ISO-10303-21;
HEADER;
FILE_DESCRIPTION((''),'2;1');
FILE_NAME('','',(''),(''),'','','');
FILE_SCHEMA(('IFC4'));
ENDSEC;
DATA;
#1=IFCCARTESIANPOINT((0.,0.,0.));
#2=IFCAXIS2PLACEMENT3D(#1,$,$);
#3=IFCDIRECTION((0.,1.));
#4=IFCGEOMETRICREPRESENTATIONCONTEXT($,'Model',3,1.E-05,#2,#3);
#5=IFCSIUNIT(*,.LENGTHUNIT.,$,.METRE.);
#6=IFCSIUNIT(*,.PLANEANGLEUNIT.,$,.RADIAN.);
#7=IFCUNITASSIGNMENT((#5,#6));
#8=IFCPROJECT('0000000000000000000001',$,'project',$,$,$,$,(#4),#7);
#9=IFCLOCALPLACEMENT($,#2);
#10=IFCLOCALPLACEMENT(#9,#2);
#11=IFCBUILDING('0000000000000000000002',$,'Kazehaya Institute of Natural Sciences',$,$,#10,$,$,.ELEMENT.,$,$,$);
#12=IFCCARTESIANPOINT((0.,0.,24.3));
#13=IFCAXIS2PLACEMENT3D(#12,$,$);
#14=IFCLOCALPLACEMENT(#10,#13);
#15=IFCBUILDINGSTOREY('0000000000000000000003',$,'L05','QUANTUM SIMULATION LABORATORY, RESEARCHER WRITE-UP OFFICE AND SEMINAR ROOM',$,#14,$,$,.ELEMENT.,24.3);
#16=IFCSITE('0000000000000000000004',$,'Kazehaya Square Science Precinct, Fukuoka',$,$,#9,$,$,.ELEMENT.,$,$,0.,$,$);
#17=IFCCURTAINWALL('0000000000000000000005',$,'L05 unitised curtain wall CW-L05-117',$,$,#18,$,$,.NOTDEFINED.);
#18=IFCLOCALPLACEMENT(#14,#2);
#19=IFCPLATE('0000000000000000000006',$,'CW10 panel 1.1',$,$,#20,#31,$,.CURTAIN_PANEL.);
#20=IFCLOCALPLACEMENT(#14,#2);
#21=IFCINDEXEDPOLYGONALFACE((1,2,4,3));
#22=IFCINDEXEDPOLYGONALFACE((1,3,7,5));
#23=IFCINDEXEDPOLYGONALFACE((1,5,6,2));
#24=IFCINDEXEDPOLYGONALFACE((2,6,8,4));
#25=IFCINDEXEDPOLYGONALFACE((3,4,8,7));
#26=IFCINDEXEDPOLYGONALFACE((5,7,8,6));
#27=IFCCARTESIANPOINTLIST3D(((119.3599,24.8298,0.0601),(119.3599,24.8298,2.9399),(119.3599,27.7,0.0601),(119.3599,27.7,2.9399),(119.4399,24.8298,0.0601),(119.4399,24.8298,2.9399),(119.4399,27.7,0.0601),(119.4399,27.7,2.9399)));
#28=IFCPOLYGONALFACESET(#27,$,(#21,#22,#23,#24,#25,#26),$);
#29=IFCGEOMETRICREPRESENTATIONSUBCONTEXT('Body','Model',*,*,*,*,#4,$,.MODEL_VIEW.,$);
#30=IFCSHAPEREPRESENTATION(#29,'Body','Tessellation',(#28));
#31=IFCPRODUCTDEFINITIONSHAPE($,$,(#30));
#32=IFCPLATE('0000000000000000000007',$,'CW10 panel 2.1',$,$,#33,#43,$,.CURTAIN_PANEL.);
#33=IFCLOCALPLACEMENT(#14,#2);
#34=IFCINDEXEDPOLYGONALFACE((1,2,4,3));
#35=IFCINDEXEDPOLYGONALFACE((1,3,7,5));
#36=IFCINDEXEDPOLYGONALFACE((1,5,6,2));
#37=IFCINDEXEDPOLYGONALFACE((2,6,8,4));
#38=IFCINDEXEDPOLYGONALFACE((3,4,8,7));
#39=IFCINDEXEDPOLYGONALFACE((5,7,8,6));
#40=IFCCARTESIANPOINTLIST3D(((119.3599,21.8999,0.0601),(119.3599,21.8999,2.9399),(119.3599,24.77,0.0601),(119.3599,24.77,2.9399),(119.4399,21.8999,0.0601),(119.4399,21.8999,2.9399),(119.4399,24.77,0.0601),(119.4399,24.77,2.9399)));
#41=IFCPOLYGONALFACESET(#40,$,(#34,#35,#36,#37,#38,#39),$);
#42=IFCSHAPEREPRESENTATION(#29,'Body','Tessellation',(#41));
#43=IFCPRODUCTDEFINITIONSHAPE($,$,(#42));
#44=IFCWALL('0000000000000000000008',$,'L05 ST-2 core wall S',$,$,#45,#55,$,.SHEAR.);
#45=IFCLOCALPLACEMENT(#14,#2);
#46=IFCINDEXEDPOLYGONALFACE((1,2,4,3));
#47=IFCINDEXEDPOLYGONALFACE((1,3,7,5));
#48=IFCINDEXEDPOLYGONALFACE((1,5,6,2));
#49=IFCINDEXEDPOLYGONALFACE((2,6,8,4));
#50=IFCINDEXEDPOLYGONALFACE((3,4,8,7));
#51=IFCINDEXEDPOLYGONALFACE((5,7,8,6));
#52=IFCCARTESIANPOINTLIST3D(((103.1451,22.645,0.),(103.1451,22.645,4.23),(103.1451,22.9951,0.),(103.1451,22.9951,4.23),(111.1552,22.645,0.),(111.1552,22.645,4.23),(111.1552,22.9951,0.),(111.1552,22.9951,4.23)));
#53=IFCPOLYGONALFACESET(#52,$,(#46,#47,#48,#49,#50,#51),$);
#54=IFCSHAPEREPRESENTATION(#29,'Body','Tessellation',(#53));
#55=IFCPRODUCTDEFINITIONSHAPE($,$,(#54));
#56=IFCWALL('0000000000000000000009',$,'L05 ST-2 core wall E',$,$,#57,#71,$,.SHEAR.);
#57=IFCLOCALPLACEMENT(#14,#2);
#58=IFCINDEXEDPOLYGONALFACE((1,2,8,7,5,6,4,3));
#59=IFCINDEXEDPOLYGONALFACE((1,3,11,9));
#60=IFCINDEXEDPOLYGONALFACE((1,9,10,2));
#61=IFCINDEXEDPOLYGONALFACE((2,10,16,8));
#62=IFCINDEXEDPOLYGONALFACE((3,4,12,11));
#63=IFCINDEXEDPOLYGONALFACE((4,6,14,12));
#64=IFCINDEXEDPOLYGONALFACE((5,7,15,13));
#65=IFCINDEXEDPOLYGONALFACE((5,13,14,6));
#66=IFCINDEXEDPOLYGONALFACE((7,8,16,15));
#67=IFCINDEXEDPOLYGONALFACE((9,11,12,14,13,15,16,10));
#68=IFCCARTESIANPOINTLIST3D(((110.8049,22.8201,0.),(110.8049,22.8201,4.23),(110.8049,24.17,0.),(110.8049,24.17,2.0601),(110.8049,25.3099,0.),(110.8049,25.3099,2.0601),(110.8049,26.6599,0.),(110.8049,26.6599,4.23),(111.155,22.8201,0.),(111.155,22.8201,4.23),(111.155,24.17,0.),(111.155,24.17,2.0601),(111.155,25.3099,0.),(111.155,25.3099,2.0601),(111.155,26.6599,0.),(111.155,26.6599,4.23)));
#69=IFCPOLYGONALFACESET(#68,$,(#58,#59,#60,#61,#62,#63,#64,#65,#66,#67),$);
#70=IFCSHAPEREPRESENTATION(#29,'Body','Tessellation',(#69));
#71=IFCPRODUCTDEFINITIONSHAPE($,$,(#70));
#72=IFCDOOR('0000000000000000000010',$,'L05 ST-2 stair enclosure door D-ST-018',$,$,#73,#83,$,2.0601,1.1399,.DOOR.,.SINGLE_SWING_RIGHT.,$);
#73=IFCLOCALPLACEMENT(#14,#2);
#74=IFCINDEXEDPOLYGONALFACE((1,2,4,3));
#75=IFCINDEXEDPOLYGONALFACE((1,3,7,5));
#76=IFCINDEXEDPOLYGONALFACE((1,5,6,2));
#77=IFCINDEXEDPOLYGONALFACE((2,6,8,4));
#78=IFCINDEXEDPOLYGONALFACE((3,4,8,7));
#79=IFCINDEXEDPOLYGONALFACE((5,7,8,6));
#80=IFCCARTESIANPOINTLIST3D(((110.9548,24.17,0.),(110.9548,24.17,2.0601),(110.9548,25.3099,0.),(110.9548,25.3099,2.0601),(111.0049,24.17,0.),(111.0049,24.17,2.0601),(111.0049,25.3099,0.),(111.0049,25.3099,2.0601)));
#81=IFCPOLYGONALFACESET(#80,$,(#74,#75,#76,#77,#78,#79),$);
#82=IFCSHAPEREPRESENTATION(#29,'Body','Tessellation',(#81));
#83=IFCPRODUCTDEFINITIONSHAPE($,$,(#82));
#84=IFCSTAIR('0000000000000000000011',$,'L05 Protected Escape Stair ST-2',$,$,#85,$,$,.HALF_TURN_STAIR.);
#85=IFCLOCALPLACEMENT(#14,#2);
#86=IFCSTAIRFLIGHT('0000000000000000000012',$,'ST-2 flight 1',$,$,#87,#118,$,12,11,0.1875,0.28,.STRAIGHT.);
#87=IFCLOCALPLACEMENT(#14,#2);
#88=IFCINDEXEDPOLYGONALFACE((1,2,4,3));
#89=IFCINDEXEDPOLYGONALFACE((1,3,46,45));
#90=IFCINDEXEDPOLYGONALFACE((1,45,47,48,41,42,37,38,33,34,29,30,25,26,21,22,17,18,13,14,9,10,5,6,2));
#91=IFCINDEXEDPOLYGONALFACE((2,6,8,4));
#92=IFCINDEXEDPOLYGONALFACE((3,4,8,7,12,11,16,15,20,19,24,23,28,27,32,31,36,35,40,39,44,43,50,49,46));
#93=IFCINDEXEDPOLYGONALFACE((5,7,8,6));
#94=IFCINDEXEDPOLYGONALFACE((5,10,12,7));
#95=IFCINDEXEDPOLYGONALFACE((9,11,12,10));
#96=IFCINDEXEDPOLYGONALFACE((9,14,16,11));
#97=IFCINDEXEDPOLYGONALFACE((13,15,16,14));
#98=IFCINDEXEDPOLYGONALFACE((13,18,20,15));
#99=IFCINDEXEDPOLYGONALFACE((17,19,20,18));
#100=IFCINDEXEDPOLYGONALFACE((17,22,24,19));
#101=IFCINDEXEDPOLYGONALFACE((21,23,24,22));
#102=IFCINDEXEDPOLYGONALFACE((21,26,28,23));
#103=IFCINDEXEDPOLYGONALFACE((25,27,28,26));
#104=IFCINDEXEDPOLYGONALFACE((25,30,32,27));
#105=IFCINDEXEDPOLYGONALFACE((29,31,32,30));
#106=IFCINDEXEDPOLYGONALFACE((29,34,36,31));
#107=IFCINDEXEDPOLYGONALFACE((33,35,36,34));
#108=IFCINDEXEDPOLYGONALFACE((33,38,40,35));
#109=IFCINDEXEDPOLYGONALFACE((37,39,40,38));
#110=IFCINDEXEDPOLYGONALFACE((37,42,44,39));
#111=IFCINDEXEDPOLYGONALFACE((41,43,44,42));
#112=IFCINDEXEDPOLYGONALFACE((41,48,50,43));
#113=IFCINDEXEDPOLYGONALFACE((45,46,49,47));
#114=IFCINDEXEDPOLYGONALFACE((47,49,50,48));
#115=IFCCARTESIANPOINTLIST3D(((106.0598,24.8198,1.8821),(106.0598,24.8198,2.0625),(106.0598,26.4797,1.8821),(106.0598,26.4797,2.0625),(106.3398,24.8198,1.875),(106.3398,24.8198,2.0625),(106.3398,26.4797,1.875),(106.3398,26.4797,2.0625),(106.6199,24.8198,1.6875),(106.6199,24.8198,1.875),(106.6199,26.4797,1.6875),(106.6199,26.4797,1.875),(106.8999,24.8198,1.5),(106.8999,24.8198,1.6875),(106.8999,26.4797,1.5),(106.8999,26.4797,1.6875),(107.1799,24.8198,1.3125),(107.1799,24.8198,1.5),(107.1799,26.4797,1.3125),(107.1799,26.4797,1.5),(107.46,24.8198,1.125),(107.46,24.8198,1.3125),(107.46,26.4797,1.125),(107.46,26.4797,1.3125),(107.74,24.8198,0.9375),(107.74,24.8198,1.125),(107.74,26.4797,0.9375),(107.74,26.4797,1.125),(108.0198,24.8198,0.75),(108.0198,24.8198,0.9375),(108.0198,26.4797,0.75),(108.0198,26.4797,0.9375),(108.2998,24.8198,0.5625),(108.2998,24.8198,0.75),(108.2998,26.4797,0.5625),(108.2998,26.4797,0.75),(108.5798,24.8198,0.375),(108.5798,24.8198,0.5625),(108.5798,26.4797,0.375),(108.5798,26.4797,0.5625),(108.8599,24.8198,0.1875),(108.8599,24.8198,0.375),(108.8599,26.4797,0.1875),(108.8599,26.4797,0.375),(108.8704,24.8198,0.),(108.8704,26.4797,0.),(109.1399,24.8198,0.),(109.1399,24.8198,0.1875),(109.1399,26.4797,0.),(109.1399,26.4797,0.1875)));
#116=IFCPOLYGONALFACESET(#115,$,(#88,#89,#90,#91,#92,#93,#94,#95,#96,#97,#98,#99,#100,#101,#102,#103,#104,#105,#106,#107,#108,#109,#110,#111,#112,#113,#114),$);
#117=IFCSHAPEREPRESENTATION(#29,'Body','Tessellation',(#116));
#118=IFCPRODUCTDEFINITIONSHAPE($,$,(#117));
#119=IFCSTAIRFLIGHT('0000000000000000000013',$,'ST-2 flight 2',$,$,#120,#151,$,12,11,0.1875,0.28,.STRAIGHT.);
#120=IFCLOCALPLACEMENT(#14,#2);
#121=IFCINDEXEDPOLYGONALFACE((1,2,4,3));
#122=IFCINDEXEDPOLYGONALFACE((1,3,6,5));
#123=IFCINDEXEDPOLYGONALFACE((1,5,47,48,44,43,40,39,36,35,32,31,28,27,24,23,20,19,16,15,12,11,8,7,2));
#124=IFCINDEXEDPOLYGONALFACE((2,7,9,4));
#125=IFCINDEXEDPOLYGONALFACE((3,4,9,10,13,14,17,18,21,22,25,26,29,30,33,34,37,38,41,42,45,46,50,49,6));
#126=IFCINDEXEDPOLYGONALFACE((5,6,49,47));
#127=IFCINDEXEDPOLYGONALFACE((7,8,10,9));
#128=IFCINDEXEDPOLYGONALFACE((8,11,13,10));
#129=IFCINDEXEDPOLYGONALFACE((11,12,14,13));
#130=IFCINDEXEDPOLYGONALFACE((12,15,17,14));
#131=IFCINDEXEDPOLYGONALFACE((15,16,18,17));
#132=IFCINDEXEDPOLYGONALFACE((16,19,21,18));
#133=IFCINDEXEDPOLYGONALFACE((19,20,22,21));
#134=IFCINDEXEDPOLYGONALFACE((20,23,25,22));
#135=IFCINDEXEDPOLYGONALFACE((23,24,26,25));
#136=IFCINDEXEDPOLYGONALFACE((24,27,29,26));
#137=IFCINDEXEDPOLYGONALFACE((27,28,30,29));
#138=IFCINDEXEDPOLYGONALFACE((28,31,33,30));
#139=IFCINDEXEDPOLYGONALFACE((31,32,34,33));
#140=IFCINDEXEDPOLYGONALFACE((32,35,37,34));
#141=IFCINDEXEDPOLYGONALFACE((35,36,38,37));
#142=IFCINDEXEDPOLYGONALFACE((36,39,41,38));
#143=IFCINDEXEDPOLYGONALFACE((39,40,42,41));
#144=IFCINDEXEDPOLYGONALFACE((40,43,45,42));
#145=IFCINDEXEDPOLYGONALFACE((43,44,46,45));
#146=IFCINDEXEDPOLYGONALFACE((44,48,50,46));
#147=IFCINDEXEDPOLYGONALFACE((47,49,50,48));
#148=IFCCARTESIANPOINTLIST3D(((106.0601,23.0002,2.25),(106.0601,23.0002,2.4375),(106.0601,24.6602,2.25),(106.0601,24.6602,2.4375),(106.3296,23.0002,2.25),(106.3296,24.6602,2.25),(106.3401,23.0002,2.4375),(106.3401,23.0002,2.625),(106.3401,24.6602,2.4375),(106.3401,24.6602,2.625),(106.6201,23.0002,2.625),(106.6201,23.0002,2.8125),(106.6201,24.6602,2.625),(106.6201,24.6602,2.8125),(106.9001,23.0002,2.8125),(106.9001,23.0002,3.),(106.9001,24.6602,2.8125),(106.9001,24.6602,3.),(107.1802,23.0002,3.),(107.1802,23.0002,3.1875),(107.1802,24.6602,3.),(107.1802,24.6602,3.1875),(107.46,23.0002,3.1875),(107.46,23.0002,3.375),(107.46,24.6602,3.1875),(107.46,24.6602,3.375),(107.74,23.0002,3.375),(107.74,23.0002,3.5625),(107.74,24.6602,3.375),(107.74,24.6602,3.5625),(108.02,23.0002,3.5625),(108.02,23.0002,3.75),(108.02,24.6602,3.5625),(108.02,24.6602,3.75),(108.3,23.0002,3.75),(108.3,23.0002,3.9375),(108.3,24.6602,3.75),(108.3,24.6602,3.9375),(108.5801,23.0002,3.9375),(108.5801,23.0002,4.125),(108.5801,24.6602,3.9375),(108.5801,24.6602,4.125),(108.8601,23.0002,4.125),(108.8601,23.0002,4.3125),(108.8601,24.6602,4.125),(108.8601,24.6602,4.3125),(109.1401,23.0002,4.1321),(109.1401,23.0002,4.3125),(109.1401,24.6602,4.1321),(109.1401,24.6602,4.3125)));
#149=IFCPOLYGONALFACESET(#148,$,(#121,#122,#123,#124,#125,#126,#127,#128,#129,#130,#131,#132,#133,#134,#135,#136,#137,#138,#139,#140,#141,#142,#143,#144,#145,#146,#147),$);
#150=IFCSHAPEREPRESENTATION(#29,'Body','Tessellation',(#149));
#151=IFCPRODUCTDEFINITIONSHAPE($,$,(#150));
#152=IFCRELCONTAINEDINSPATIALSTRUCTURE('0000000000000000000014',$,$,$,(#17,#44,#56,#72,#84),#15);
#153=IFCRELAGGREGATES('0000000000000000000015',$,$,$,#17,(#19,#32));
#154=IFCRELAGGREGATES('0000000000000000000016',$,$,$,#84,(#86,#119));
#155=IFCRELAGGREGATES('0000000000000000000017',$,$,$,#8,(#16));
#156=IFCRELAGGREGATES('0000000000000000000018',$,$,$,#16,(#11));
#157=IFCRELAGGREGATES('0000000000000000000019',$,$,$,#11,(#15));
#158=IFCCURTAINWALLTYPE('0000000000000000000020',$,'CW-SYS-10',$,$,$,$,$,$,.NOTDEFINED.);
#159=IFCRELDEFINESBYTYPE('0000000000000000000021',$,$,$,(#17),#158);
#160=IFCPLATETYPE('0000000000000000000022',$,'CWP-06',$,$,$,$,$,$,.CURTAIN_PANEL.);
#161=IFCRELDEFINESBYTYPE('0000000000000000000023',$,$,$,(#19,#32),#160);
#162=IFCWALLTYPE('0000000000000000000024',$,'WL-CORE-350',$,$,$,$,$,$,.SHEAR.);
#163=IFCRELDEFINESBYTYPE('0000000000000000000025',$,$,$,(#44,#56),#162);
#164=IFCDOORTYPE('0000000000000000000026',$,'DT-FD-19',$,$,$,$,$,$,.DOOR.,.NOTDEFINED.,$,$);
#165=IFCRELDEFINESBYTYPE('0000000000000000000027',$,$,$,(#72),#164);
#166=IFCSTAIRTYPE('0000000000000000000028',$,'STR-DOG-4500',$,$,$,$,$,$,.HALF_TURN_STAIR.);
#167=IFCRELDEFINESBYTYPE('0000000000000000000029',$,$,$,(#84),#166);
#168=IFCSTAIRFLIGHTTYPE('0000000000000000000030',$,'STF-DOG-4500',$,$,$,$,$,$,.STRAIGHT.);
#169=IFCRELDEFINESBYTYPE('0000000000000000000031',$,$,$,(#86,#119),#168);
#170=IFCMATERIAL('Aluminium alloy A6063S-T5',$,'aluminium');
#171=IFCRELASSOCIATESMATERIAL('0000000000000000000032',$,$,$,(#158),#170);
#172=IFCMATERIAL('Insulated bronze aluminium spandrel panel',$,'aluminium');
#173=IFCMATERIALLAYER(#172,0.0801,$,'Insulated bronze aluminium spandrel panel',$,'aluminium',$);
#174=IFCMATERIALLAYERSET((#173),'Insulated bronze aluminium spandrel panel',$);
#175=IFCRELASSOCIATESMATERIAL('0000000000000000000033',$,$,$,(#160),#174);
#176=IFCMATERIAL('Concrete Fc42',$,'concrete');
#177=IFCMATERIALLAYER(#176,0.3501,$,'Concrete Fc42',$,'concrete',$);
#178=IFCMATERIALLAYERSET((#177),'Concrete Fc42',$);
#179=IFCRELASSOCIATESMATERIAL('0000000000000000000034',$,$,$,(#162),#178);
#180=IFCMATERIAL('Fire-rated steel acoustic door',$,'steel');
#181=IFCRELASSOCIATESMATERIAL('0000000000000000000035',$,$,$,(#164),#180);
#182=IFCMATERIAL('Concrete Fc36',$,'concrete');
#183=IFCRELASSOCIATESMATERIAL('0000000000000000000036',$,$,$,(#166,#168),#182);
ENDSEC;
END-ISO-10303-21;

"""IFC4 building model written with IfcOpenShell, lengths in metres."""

from ifc_helpers import new_model, si_unit, direction, frame, frame_2d, origin, origin_2d, place, context, subcontext, project, spatial, polyline, rectangle, outline, extrude, material, layer, layer_set, type_object, element, fill, aggregate, save


model = new_model("IFC4")

# Units and contexts
model_context = context("Model", 3, precision=1e-05, world=origin(), true_north=direction((0.0, 1.0)))
body_context = subcontext(model_context, "Body", "Model", "MODEL_VIEW")
ifc_project = project(units=[si_unit("LENGTHUNIT", "METRE"), si_unit("PLANEANGLEUNIT", "RADIAN")], contexts=[model_context])

# Site, building, storey
site_placement = place(None, origin())
site = spatial("IfcSite", under=ifc_project, at=site_placement, Name="Kazehaya Square Science Precinct, Fukuoka", CompositionType="ELEMENT", RefElevation=0.0)
building_placement = place(site_placement, origin())
building = spatial("IfcBuilding", under=site, at=building_placement, Name="Kazehaya Institute of Natural Sciences", CompositionType="ELEMENT")
storey_placement = place(building_placement, frame((0.0, 0.0, 24.3)))
storey = spatial("IfcBuildingStorey", under=building, at=storey_placement, Name="L05", Description="QUANTUM SIMULATION LABORATORY, RESEARCHER WRITE-UP OFFICE AND SEMINAR ROOM", CompositionType="ELEMENT", Elevation=24.3)

# Shared definitions
ifc_material_1 = material(Name="Concrete Fc42", Category="concrete")

# Shared definitions
ifc_material_2 = material(Name="Concrete Fc36", Category="concrete")

# Curtain wall, plates
ifc_material_3 = material(Name="Aluminium alloy A6063S-T5", Category="aluminium")
curtain_wall_type = type_object("IfcCurtainWallType", Name="CW-SYS-10", PredefinedType="NOTDEFINED", material=ifc_material_3)
curtain_wall_placement = place(storey_placement, origin())
curtain_wall = element("IfcCurtainWall", 1, at=curtain_wall_placement, inside=storey, type_object=curtain_wall_type, Name="L05 unitised curtain wall CW-L05-117", PredefinedType="NOTDEFINED")
ifc_material_4 = material(Name="Insulated bronze aluminium spandrel panel", Category="aluminium")
ifc_layer_1 = layer(ifc_material_4, 0.0801, Name="Insulated bronze aluminium spandrel panel", Category="aluminium")
ifc_layer_set_1 = layer_set([ifc_layer_1], Name="Insulated bronze aluminium spandrel panel")
plate_type = type_object("IfcPlateType", Name="CWP-06", PredefinedType="CURTAIN_PANEL", material=ifc_layer_set_1)
plate_1_placement = place(storey_placement, frame((119.3999, 26.2649, 0.0601), z_axis=(0.0, 0.0, 1.0), x_axis=(0.0, -1.0, 0.0)))
plate_1 = element("IfcPlate", 2, at=plate_1_placement, type_object=plate_type, Name="CW10 panel 1.1", PredefinedType="CURTAIN_PANEL", context=body_context, shape_type="SweptSolid", body=[
    extrude(rectangle(XDim=2.8701, YDim=0.0801, at=origin_2d()), origin(), (0.0, 0.0, 1.0), 2.8799),
])
plate_2_placement = place(storey_placement, frame((119.3999, 23.335, 0.0601), z_axis=(0.0, 0.0, 1.0), x_axis=(0.0, -1.0, 0.0)))
plate_2 = element("IfcPlate", 3, at=plate_2_placement, type_object=plate_type, Name="CW10 panel 2.1", PredefinedType="CURTAIN_PANEL", context=body_context, shape_type="SweptSolid", body=[
    extrude(rectangle(XDim=2.8701, YDim=0.0801, at=origin_2d()), origin(), (0.0, 0.0, 1.0), 2.8799),
])
aggregate(curtain_wall, [plate_1, plate_2])

# Wall
ifc_layer_2 = layer(ifc_material_1, 0.3501, Name="Concrete Fc42", Category="concrete")
ifc_layer_set_2 = layer_set([ifc_layer_2], Name="Concrete Fc42")
wall_type = type_object("IfcWallType", Name="WL-CORE-350", PredefinedType="SHEAR", material=ifc_layer_set_2)
wall_1_placement = place(storey_placement, frame((111.155, 22.8201, 0.0), z_axis=(0.0, 0.0, 1.0), x_axis=(-1.0, 0.0, 0.0)))
element("IfcWall", 4, at=wall_1_placement, inside=storey, type_object=wall_type, Name="L05 ST-2 core wall S", PredefinedType="SHEAR", context=body_context, shape_type="SweptSolid", body=[
    extrude(rectangle(XDim=8.01, YDim=0.3501, at=frame_2d((4.0049, 0.0))), origin(), (0.0, 0.0, 1.0), 4.23),
])

# Wall, opening, door
wall_2_placement = place(storey_placement, frame((110.98, 26.6599, 0.0), z_axis=(0.0, 0.0, 1.0), x_axis=(0.0, -1.0, 0.0)))
wall_2 = element("IfcWall", 5, at=wall_2_placement, inside=storey, type_object=wall_type, Name="L05 ST-2 core wall E", PredefinedType="SHEAR", context=body_context, shape_type="SweptSolid", body=[
    extrude(rectangle(XDim=3.8398, YDim=0.3501, at=frame_2d((1.9199, 0.0))), origin(), (0.0, 0.0, 1.0), 4.23),
])
opening_placement = place(wall_2_placement, frame((1.3501, 0.0, 0.0)))
opening = element("IfcOpeningElement", 6, at=opening_placement, cuts=wall_2, PredefinedType="OPENING", context=body_context, shape_type="SweptSolid", body=[
    extrude(rectangle(XDim=1.1399, YDim=2.0601, at=frame_2d((0.5698, 1.03))), frame((0.0, 0.1851, 0.0), z_axis=(0.0, -1.0, 0.0), x_axis=(1.0, 0.0, 0.0)), (0.0, 0.0, 1.0), 0.3701),
])
ifc_material_5 = material(Name="Fire-rated steel acoustic door", Category="steel")
door_type = type_object("IfcDoorType", Name="DT-FD-19", OperationType="NOTDEFINED", PredefinedType="DOOR", material=ifc_material_5)
door_placement = place(opening_placement, origin())
door = element("IfcDoor", 7, at=door_placement, inside=storey, type_object=door_type, Name="L05 ST-2 stair enclosure door D-ST-018", OperationType="SINGLE_SWING_RIGHT", OverallHeight=2.0601, OverallWidth=1.1399, PredefinedType="DOOR", context=body_context, shape_type="SweptSolid", body=[
    extrude(rectangle(XDim=1.1399, YDim=2.0601, at=frame_2d((0.5698, 1.03))), frame((0.0, 0.0249, 0.0), z_axis=(0.0, -1.0, 0.0), x_axis=(1.0, 0.0, 0.0)), (0.0, 0.0, 1.0), 0.05),
])
fill(opening, door)

# Stair, stair flights
stair_type = type_object("IfcStairType", Name="STR-DOG-4500", PredefinedType="HALF_TURN_STAIR", material=ifc_material_2)
stair_placement = place(storey_placement, origin())
stair = element("IfcStair", 8, at=stair_placement, inside=storey, type_object=stair_type, Name="L05 Protected Escape Stair ST-2", PredefinedType="HALF_TURN_STAIR")
stair_flight_type = type_object("IfcStairFlightType", Name="STF-DOG-4500", PredefinedType="STRAIGHT", material=ifc_material_2)
stair_flight_1_placement = place(storey_placement, frame((109.1399, 25.6499, 0.0), z_axis=(0.0, 0.0, 1.0), x_axis=(-1.0, 0.0, 0.0)))
stair_flight_1 = element("IfcStairFlight", 9, at=stair_flight_1_placement, type_object=stair_flight_type, Name="ST-2 flight 1", NumberOfRisers=12, NumberOfTreads=11, PredefinedType="STRAIGHT", RiserHeight=0.1875, TreadLength=0.28, context=body_context, shape_type="SweptSolid", body=[
    extrude(outline(polyline([(0.0, 0.0), (0.0, 0.1875), (0.28, 0.1875), (0.28, 0.375), (0.5601, 0.375), (0.5601, 0.5625), (0.8401, 0.5625), (0.8401, 0.75), (1.1201, 0.75), (1.1201, 0.9375), (1.3999, 0.9375), (1.3999, 1.125), (1.6799, 1.125), (1.6799, 1.3125), (1.96, 1.3125), (1.96, 1.5), (2.24, 1.5), (2.24, 1.6875), (2.52, 1.6875), (2.52, 1.875), (2.8, 1.875), (2.8, 2.0625), (3.0801, 2.0625), (3.0801, 2.25), (3.0801, 1.8821), (0.2695, 0.0), (0.0, 0.0)])), frame((0.0, 0.8301, 0.0), z_axis=(0.0, -1.0, 0.0), x_axis=(1.0, 0.0, 0.0)), (0.0, 0.0, 1.0), 1.6599),
])
stair_flight_2_placement = place(storey_placement, frame((106.0601, 23.8301, 2.25), z_axis=(0.0, 0.0, 1.0), x_axis=(1.0, 0.0, 0.0)))
stair_flight_2 = element("IfcStairFlight", 10, at=stair_flight_2_placement, type_object=stair_flight_type, Name="ST-2 flight 2", NumberOfRisers=12, NumberOfTreads=11, PredefinedType="STRAIGHT", RiserHeight=0.1875, TreadLength=0.28, context=body_context, shape_type="SweptSolid", body=[
    extrude(outline(polyline([(0.0, 0.0), (0.0, 0.1875), (0.28, 0.1875), (0.28, 0.375), (0.5601, 0.375), (0.5601, 0.5625), (0.8401, 0.5625), (0.8401, 0.75), (1.1201, 0.75), (1.1201, 0.9375), (1.3999, 0.9375), (1.3999, 1.125), (1.6799, 1.125), (1.6799, 1.3125), (1.96, 1.3125), (1.96, 1.5), (2.24, 1.5), (2.24, 1.6875), (2.52, 1.6875), (2.52, 1.875), (2.8, 1.875), (2.8, 2.0625), (3.0801, 2.0625), (3.0801, 2.25), (3.0801, 1.8821), (0.2695, 0.0), (0.0, 0.0)])), frame((0.0, 0.8301, 0.0), z_axis=(0.0, -1.0, 0.0), x_axis=(1.0, 0.0, 0.0)), (0.0, 0.0, 1.0), 1.6599),
])
aggregate(stair, [stair_flight_1, stair_flight_2])

save(model, "model.ifc")
